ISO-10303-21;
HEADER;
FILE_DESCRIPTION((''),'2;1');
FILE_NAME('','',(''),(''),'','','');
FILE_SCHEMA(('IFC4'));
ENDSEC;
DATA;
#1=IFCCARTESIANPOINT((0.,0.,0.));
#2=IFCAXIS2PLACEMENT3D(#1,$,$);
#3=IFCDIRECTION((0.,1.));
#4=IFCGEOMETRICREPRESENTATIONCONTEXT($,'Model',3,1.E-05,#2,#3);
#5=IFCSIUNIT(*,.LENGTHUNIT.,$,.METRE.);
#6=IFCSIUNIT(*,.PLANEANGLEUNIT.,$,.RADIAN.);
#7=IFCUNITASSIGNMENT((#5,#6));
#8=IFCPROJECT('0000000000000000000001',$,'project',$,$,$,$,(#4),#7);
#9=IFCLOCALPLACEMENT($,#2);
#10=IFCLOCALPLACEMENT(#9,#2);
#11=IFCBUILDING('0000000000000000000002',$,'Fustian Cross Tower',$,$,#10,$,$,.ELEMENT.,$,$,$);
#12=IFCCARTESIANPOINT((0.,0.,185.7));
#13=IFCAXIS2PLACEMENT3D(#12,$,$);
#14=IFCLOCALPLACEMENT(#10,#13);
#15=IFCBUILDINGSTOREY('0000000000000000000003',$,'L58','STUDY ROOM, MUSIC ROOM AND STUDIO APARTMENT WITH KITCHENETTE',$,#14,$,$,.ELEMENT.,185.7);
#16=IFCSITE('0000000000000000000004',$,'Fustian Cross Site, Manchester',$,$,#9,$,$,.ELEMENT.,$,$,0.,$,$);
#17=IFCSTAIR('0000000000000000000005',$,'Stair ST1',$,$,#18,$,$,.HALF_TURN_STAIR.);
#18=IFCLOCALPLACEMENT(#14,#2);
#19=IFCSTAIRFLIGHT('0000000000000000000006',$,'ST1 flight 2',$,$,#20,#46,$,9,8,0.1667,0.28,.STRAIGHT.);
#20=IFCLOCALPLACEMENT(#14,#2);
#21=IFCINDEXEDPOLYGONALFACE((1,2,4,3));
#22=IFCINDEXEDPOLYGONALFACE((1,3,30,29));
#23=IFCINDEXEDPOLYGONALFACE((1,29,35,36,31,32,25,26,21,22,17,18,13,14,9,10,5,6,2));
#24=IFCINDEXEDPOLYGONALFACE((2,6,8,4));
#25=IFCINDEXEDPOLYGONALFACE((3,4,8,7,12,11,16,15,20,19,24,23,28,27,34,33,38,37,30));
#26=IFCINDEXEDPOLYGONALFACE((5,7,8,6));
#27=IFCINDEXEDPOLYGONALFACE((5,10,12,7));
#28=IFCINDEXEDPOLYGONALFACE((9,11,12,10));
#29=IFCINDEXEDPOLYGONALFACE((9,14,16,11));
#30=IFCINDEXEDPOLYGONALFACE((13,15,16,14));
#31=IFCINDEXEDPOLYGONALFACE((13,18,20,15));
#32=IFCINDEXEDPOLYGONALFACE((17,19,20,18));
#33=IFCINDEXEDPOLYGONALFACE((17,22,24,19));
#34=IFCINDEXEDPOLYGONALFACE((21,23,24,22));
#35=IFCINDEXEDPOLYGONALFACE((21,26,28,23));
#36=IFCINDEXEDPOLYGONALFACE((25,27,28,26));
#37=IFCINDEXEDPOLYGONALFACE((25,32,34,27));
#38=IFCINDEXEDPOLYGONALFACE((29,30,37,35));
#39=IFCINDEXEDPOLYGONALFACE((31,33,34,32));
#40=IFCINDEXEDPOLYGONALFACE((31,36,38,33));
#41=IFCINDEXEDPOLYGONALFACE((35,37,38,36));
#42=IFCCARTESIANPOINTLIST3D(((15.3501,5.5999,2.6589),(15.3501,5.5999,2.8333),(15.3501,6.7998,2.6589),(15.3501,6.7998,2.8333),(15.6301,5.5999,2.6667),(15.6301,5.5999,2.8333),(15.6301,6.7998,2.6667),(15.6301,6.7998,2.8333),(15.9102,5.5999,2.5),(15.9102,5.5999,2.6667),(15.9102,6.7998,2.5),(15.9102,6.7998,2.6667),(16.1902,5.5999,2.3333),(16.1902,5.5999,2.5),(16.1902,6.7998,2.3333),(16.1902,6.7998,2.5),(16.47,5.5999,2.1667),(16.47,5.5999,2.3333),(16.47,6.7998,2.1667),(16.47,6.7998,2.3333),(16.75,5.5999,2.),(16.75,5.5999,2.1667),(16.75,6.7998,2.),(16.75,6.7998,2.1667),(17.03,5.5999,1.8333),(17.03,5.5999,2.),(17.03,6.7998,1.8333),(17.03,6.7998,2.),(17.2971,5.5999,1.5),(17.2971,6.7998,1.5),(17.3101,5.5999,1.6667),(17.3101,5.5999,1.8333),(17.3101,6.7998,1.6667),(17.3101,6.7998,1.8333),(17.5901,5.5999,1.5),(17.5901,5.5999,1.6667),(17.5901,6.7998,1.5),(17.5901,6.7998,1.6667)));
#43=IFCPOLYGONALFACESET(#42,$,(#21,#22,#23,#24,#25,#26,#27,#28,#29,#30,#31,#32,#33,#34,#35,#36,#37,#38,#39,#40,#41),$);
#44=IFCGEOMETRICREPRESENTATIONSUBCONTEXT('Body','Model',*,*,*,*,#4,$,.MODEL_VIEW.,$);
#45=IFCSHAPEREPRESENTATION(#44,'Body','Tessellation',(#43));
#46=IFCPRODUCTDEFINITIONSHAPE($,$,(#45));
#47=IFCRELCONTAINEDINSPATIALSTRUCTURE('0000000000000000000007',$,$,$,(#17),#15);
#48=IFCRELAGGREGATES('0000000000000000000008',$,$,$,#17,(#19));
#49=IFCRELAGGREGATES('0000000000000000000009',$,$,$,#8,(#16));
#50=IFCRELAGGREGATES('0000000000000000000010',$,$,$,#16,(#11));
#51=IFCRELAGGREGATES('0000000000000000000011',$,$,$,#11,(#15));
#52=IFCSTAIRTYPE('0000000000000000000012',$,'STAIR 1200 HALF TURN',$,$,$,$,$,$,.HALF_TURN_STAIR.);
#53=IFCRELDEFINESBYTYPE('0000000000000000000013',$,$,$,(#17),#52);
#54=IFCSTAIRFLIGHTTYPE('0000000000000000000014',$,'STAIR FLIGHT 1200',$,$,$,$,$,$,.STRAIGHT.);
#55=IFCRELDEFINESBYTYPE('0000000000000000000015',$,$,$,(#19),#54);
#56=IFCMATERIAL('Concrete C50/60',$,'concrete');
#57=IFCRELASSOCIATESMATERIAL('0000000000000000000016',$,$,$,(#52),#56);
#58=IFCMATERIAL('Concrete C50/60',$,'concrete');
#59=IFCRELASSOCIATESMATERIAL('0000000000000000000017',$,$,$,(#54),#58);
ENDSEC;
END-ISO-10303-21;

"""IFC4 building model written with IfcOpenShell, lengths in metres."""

from ifc_helpers import new_model, si_unit, direction, frame, origin, place, context, subcontext, project, spatial, polyline, outline, extrude, material, type_object, element, aggregate, save


model = new_model("IFC4")

# Units and contexts
model_context = context("Model", 3, precision=1e-05, world=origin(), true_north=direction((0.0, 1.0)))
body_context = subcontext(model_context, "Body", "Model", "MODEL_VIEW")
ifc_project = project(units=[si_unit("LENGTHUNIT", "METRE"), si_unit("PLANEANGLEUNIT", "RADIAN")], contexts=[model_context])

# Site, building, storey
site_placement = place(None, origin())
site = spatial("IfcSite", under=ifc_project, at=site_placement, Name="Fustian Cross Site, Manchester", CompositionType="ELEMENT", RefElevation=0.0)
building_placement = place(site_placement, origin())
building = spatial("IfcBuilding", under=site, at=building_placement, Name="Fustian Cross Tower", CompositionType="ELEMENT")
storey_placement = place(building_placement, frame((0.0, 0.0, 185.7)))
storey = spatial("IfcBuildingStorey", under=building, at=storey_placement, Name="L58", Description="STUDY ROOM, MUSIC ROOM AND STUDIO APARTMENT WITH KITCHENETTE", CompositionType="ELEMENT", Elevation=185.7)

# Stair, stair flight
ifc_material_1 = material(Name="Concrete C50/60", Category="concrete")
stair_type = type_object("IfcStairType", Name="STAIR 1200 HALF TURN", PredefinedType="HALF_TURN_STAIR", material=ifc_material_1)
stair_placement = place(storey_placement, origin())
stair = element("IfcStair", 1, at=stair_placement, inside=storey, type_object=stair_type, Name="Stair ST1", PredefinedType="HALF_TURN_STAIR")
ifc_material_2 = material(Name="Concrete C50/60", Category="concrete")
stair_flight_type = type_object("IfcStairFlightType", Name="STAIR FLIGHT 1200", PredefinedType="STRAIGHT", material=ifc_material_2)
stair_flight_1_placement = place(storey_placement, frame((17.5901, 6.2, 1.5), z_axis=(0.0, 0.0, 1.0), x_axis=(-1.0, 0.0, 0.0)))
stair_flight_1 = element("IfcStairFlight", 2, at=stair_flight_1_placement, type_object=stair_flight_type, Name="ST1 flight 2", NumberOfRisers=9, NumberOfTreads=8, PredefinedType="STRAIGHT", RiserHeight=0.1667, TreadLength=0.28, context=body_context, shape_type="SweptSolid", body=[
    extrude(outline(polyline([(0.0, 0.0), (0.0, 0.1667), (0.28, 0.1667), (0.28, 0.3333), (0.5601, 0.3333), (0.5601, 0.5), (0.8401, 0.5), (0.8401, 0.6667), (1.1201, 0.6667), (1.1201, 0.8333), (1.3999, 0.8333), (1.3999, 1.0), (1.6799, 1.0), (1.6799, 1.1667), (1.96, 1.1667), (1.96, 1.3333), (2.24, 1.3333), (2.24, 1.5), (2.24, 1.1589), (0.293, 0.0), (0.0, 0.0)])), frame((0.0, 0.6001, 0.0), z_axis=(0.0, -1.0, 0.0), x_axis=(1.0, 0.0, 0.0)), (0.0, 0.0, 1.0), 1.2),
])
aggregate(stair, [stair_flight_1])

save(model, "model.ifc")
